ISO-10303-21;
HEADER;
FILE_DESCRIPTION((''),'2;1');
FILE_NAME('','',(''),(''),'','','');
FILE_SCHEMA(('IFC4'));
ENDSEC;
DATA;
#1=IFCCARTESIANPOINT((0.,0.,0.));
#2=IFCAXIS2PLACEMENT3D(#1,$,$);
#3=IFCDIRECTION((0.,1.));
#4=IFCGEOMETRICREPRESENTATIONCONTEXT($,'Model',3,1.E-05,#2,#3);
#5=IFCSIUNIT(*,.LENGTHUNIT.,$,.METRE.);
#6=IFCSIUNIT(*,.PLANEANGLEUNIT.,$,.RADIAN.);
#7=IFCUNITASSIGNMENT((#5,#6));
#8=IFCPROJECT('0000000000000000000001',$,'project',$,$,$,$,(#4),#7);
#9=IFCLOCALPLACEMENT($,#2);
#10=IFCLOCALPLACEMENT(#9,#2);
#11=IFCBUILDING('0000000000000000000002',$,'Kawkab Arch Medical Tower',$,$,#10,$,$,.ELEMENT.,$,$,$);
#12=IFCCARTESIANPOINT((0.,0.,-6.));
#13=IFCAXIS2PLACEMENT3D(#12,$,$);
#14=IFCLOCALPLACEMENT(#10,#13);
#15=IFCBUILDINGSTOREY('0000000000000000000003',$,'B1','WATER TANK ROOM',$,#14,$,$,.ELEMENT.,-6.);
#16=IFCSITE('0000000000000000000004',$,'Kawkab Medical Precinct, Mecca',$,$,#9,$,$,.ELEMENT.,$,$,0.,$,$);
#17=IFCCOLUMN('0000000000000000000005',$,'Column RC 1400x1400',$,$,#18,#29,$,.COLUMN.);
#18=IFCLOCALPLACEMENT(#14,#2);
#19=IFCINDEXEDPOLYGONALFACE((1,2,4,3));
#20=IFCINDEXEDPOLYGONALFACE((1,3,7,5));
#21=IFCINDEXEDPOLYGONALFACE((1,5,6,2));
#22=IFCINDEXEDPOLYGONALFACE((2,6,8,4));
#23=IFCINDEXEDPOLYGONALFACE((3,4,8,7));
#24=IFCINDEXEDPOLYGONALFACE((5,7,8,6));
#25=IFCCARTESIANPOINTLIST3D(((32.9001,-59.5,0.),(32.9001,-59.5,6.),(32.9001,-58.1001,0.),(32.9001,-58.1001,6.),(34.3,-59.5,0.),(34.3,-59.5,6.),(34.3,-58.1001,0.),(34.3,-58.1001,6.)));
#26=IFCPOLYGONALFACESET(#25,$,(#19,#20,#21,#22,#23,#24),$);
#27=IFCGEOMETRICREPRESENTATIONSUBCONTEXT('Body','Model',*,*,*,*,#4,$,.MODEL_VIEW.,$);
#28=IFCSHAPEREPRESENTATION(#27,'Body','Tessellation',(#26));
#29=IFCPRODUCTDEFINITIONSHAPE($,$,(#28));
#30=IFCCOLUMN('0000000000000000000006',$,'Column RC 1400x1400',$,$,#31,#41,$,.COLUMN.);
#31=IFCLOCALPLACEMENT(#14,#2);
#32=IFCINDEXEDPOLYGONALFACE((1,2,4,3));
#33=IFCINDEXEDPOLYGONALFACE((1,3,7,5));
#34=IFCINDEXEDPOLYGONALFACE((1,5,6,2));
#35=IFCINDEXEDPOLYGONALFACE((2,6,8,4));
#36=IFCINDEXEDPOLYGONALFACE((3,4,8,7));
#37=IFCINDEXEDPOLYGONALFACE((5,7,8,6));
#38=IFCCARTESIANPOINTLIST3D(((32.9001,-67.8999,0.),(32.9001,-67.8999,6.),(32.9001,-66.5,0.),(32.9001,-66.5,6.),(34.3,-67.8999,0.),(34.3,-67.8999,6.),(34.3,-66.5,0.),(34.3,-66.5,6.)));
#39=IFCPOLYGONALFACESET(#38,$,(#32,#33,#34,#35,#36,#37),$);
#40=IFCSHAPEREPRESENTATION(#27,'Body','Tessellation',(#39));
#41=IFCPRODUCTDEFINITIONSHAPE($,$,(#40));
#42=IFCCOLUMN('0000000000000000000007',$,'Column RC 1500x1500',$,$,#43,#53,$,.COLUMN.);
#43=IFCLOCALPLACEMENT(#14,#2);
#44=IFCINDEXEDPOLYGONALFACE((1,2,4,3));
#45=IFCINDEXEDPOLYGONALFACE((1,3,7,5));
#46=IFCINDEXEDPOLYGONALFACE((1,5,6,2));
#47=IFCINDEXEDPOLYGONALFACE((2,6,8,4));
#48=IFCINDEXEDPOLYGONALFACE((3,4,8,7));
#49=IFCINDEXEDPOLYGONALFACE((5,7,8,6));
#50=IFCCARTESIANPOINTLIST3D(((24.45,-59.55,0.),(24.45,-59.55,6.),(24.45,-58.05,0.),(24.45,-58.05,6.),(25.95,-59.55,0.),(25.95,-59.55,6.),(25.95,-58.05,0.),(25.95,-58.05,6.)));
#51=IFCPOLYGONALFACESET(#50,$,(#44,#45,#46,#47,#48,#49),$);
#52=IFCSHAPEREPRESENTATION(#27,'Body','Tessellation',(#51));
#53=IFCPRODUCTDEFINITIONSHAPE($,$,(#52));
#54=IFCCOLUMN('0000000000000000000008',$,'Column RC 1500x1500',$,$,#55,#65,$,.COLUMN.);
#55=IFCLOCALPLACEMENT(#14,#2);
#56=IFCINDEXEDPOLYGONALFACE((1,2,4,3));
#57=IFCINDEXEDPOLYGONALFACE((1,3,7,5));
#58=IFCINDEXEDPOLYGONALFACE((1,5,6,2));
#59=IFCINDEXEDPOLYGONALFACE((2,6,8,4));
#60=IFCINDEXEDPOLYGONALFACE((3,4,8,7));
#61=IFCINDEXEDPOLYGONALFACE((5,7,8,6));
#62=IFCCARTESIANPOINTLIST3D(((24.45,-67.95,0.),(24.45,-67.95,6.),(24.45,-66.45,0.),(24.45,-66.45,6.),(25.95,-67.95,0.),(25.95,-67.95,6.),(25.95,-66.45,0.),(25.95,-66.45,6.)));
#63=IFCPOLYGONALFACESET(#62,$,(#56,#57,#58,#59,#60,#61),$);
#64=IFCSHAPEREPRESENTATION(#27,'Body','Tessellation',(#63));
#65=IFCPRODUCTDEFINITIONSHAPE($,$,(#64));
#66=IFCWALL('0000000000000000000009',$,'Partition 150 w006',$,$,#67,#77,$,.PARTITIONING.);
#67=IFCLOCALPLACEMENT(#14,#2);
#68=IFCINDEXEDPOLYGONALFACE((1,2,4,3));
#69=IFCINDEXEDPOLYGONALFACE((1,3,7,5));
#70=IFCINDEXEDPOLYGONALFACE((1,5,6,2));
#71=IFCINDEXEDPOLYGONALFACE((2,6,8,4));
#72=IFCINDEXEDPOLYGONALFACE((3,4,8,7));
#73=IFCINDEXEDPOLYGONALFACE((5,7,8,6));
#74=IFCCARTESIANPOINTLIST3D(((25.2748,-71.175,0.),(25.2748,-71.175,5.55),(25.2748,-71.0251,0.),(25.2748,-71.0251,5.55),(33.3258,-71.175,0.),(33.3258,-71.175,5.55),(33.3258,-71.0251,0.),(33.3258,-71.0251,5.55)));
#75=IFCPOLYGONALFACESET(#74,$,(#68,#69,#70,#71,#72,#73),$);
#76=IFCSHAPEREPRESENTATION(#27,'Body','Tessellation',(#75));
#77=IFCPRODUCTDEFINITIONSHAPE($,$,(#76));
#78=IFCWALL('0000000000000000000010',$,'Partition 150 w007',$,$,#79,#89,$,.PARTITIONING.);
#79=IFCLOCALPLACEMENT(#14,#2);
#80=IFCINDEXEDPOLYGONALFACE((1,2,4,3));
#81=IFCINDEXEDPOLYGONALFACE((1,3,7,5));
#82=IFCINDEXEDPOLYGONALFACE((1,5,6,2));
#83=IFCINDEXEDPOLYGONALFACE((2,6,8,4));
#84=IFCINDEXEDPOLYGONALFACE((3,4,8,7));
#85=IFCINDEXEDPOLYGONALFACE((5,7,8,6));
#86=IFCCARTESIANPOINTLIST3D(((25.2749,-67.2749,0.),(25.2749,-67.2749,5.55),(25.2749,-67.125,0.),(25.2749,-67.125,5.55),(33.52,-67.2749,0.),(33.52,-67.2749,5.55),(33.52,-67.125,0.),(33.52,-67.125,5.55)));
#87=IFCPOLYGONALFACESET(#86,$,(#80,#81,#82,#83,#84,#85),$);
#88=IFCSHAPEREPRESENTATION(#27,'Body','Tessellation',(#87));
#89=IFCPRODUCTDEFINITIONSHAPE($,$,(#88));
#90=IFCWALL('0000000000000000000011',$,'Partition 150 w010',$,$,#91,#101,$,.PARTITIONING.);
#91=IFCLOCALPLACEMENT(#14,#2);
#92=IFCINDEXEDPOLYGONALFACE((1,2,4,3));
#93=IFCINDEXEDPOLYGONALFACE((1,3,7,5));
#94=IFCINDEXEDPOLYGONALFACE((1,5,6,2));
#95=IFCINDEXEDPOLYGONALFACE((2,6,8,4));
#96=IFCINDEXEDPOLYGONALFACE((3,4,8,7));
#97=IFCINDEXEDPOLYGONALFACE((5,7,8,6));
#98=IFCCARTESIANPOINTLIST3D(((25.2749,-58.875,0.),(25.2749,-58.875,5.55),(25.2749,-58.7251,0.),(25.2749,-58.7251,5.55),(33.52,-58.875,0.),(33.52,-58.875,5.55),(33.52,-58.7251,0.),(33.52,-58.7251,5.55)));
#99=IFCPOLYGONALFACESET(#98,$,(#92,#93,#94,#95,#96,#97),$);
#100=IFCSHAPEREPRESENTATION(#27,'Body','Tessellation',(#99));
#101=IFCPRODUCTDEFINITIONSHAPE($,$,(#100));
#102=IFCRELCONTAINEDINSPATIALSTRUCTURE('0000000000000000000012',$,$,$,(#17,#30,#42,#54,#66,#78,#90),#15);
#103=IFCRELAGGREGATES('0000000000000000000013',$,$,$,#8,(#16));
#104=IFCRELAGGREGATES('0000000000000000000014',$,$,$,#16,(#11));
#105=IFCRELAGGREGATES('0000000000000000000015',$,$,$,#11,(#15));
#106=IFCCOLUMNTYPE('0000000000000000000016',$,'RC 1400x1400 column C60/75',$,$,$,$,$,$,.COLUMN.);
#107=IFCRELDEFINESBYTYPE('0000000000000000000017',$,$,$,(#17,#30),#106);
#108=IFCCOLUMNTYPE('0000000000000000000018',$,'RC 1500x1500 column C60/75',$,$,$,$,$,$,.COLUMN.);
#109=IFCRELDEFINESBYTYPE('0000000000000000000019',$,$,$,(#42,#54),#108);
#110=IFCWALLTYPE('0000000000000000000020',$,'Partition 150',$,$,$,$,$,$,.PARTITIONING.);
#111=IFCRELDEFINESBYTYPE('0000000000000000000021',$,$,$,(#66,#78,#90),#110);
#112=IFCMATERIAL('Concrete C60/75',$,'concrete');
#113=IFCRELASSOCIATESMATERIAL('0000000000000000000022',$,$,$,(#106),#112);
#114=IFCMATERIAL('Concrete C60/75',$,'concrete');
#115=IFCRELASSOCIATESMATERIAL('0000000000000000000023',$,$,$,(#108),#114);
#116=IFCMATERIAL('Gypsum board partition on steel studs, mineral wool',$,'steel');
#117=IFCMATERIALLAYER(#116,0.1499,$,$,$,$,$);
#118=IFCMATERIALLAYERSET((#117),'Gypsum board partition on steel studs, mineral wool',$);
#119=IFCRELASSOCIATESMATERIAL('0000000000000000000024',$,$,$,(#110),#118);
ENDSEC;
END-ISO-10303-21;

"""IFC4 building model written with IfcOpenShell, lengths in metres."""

from ifc_helpers import new_model, si_unit, direction, frame, frame_2d, origin, origin_2d, place, context, subcontext, project, spatial, rectangle, extrude, material, layer, layer_set, material_profile, profile_set, type_object, element, save


model = new_model("IFC4")

# Units and contexts
model_context = context("Model", 3, precision=1e-05, world=origin(), true_north=direction((0.0, 1.0)))
body_context = subcontext(model_context, "Body", "Model", "MODEL_VIEW")
ifc_project = project(units=[si_unit("LENGTHUNIT", "METRE"), si_unit("PLANEANGLEUNIT", "RADIAN")], contexts=[model_context])

# Site, building, storey
site_placement = place(None, origin())
site = spatial("IfcSite", under=ifc_project, at=site_placement, Name="Kawkab Medical Precinct, Mecca", CompositionType="ELEMENT", RefElevation=0.0)
building_placement = place(site_placement, origin())
building = spatial("IfcBuilding", under=site, at=building_placement, Name="Kawkab Arch Medical Tower", CompositionType="ELEMENT")
storey_placement = place(building_placement, frame((0.0, 0.0, -6.0)))
storey = spatial("IfcBuildingStorey", under=building, at=storey_placement, Name="B1", Description="WATER TANK ROOM", CompositionType="ELEMENT", Elevation=-6.0)

# Columns
ifc_material_1 = material(Name="Concrete C60/75", Category="concrete")
ifc_material_profile_1 = material_profile(ifc_material_1, rectangle(XDim=1.3999, YDim=1.3999, at=origin_2d()), Name="RC 1400x1400")
ifc_profile_set_1 = profile_set([ifc_material_profile_1], Name="Concrete C60/75")
column_type_1 = type_object("IfcColumnType", Name="RC 1400x1400 column C60/75", PredefinedType="COLUMN", material=ifc_profile_set_1)
for number, where, z_axis, x_axis, name in (
    (1, (33.6001, -58.8, 0.0), (0.0, 0.0, 1.0), (1.0, 0.0, 0.0), "Column RC 1400x1400"),
    (2, (33.6001, -67.2, 0.0), (0.0, 0.0, 1.0), (1.0, 0.0, 0.0), "Column RC 1400x1400"),
):
    element("IfcColumn", number, at=place(storey_placement, frame(where, z_axis=z_axis, x_axis=x_axis)), inside=storey, type_object=column_type_1, Name=name, PredefinedType="COLUMN", context=body_context, shape_type="SweptSolid", body=[
        extrude(rectangle(XDim=1.3999, YDim=1.3999, at=origin_2d()), origin(), (0.0, 0.0, 1.0), 6.0),
    ])
ifc_material_2 = material(Name="Concrete C60/75", Category="concrete")
ifc_material_profile_2 = material_profile(ifc_material_2, rectangle(XDim=1.5, YDim=1.5, at=origin_2d()), Name="RC 1500x1500")
ifc_profile_set_2 = profile_set([ifc_material_profile_2], Name="Concrete C60/75")
column_type_2 = type_object("IfcColumnType", Name="RC 1500x1500 column C60/75", PredefinedType="COLUMN", material=ifc_profile_set_2)
for number, where, z_axis, x_axis, name in (
    (3, (25.2, -58.8, 0.0), (0.0, 0.0, 1.0), (1.0, 0.0, 0.0), "Column RC 1500x1500"),
    (4, (25.2, -67.2, 0.0), (0.0, 0.0, 1.0), (1.0, 0.0, 0.0), "Column RC 1500x1500"),
):
    element("IfcColumn", number, at=place(storey_placement, frame(where, z_axis=z_axis, x_axis=x_axis)), inside=storey, type_object=column_type_2, Name=name, PredefinedType="COLUMN", context=body_context, shape_type="SweptSolid", body=[
        extrude(rectangle(XDim=1.5, YDim=1.5, at=origin_2d()), origin(), (0.0, 0.0, 1.0), 6.0),
    ])

# Walls
ifc_material_3 = material(Name="Gypsum board partition on steel studs, mineral wool", Category="steel")
ifc_layer = layer(ifc_material_3, 0.1499)
ifc_layer_set = layer_set([ifc_layer], Name="Gypsum board partition on steel studs, mineral wool")
wall_type = type_object("IfcWallType", Name="Partition 150", PredefinedType="PARTITIONING", material=ifc_layer_set)
wall_placement = place(storey_placement, frame((25.2749, -71.1001, 0.0), z_axis=(0.0, 0.0, 1.0), x_axis=(1.0, 0.0, 0.0)))
element("IfcWall", 5, at=wall_placement, inside=storey, type_object=wall_type, Name="Partition 150 w006", PredefinedType="PARTITIONING", context=body_context, shape_type="SweptSolid", body=[
    extrude(rectangle(XDim=8.051, YDim=0.1499, at=frame_2d((4.0254, 0.0))), origin(), (0.0, 0.0, 1.0), 5.55),
])
for number, where, z_axis, x_axis, name in (
    (6, (25.2749, -67.2, 0.0), (0.0, 0.0, 1.0), (1.0, 0.0, 0.0), "Partition 150 w007"),
    (7, (25.2749, -58.8, 0.0), (0.0, 0.0, 1.0), (1.0, 0.0, 0.0), "Partition 150 w010"),
):
    element("IfcWall", number, at=place(storey_placement, frame(where, z_axis=z_axis, x_axis=x_axis)), inside=storey, type_object=wall_type, Name=name, PredefinedType="PARTITIONING", context=body_context, shape_type="SweptSolid", body=[
        extrude(rectangle(XDim=8.2451, YDim=0.1499, at=frame_2d((4.1226, 0.0))), origin(), (0.0, 0.0, 1.0), 5.55),
    ])

save(model, "model.ifc")
